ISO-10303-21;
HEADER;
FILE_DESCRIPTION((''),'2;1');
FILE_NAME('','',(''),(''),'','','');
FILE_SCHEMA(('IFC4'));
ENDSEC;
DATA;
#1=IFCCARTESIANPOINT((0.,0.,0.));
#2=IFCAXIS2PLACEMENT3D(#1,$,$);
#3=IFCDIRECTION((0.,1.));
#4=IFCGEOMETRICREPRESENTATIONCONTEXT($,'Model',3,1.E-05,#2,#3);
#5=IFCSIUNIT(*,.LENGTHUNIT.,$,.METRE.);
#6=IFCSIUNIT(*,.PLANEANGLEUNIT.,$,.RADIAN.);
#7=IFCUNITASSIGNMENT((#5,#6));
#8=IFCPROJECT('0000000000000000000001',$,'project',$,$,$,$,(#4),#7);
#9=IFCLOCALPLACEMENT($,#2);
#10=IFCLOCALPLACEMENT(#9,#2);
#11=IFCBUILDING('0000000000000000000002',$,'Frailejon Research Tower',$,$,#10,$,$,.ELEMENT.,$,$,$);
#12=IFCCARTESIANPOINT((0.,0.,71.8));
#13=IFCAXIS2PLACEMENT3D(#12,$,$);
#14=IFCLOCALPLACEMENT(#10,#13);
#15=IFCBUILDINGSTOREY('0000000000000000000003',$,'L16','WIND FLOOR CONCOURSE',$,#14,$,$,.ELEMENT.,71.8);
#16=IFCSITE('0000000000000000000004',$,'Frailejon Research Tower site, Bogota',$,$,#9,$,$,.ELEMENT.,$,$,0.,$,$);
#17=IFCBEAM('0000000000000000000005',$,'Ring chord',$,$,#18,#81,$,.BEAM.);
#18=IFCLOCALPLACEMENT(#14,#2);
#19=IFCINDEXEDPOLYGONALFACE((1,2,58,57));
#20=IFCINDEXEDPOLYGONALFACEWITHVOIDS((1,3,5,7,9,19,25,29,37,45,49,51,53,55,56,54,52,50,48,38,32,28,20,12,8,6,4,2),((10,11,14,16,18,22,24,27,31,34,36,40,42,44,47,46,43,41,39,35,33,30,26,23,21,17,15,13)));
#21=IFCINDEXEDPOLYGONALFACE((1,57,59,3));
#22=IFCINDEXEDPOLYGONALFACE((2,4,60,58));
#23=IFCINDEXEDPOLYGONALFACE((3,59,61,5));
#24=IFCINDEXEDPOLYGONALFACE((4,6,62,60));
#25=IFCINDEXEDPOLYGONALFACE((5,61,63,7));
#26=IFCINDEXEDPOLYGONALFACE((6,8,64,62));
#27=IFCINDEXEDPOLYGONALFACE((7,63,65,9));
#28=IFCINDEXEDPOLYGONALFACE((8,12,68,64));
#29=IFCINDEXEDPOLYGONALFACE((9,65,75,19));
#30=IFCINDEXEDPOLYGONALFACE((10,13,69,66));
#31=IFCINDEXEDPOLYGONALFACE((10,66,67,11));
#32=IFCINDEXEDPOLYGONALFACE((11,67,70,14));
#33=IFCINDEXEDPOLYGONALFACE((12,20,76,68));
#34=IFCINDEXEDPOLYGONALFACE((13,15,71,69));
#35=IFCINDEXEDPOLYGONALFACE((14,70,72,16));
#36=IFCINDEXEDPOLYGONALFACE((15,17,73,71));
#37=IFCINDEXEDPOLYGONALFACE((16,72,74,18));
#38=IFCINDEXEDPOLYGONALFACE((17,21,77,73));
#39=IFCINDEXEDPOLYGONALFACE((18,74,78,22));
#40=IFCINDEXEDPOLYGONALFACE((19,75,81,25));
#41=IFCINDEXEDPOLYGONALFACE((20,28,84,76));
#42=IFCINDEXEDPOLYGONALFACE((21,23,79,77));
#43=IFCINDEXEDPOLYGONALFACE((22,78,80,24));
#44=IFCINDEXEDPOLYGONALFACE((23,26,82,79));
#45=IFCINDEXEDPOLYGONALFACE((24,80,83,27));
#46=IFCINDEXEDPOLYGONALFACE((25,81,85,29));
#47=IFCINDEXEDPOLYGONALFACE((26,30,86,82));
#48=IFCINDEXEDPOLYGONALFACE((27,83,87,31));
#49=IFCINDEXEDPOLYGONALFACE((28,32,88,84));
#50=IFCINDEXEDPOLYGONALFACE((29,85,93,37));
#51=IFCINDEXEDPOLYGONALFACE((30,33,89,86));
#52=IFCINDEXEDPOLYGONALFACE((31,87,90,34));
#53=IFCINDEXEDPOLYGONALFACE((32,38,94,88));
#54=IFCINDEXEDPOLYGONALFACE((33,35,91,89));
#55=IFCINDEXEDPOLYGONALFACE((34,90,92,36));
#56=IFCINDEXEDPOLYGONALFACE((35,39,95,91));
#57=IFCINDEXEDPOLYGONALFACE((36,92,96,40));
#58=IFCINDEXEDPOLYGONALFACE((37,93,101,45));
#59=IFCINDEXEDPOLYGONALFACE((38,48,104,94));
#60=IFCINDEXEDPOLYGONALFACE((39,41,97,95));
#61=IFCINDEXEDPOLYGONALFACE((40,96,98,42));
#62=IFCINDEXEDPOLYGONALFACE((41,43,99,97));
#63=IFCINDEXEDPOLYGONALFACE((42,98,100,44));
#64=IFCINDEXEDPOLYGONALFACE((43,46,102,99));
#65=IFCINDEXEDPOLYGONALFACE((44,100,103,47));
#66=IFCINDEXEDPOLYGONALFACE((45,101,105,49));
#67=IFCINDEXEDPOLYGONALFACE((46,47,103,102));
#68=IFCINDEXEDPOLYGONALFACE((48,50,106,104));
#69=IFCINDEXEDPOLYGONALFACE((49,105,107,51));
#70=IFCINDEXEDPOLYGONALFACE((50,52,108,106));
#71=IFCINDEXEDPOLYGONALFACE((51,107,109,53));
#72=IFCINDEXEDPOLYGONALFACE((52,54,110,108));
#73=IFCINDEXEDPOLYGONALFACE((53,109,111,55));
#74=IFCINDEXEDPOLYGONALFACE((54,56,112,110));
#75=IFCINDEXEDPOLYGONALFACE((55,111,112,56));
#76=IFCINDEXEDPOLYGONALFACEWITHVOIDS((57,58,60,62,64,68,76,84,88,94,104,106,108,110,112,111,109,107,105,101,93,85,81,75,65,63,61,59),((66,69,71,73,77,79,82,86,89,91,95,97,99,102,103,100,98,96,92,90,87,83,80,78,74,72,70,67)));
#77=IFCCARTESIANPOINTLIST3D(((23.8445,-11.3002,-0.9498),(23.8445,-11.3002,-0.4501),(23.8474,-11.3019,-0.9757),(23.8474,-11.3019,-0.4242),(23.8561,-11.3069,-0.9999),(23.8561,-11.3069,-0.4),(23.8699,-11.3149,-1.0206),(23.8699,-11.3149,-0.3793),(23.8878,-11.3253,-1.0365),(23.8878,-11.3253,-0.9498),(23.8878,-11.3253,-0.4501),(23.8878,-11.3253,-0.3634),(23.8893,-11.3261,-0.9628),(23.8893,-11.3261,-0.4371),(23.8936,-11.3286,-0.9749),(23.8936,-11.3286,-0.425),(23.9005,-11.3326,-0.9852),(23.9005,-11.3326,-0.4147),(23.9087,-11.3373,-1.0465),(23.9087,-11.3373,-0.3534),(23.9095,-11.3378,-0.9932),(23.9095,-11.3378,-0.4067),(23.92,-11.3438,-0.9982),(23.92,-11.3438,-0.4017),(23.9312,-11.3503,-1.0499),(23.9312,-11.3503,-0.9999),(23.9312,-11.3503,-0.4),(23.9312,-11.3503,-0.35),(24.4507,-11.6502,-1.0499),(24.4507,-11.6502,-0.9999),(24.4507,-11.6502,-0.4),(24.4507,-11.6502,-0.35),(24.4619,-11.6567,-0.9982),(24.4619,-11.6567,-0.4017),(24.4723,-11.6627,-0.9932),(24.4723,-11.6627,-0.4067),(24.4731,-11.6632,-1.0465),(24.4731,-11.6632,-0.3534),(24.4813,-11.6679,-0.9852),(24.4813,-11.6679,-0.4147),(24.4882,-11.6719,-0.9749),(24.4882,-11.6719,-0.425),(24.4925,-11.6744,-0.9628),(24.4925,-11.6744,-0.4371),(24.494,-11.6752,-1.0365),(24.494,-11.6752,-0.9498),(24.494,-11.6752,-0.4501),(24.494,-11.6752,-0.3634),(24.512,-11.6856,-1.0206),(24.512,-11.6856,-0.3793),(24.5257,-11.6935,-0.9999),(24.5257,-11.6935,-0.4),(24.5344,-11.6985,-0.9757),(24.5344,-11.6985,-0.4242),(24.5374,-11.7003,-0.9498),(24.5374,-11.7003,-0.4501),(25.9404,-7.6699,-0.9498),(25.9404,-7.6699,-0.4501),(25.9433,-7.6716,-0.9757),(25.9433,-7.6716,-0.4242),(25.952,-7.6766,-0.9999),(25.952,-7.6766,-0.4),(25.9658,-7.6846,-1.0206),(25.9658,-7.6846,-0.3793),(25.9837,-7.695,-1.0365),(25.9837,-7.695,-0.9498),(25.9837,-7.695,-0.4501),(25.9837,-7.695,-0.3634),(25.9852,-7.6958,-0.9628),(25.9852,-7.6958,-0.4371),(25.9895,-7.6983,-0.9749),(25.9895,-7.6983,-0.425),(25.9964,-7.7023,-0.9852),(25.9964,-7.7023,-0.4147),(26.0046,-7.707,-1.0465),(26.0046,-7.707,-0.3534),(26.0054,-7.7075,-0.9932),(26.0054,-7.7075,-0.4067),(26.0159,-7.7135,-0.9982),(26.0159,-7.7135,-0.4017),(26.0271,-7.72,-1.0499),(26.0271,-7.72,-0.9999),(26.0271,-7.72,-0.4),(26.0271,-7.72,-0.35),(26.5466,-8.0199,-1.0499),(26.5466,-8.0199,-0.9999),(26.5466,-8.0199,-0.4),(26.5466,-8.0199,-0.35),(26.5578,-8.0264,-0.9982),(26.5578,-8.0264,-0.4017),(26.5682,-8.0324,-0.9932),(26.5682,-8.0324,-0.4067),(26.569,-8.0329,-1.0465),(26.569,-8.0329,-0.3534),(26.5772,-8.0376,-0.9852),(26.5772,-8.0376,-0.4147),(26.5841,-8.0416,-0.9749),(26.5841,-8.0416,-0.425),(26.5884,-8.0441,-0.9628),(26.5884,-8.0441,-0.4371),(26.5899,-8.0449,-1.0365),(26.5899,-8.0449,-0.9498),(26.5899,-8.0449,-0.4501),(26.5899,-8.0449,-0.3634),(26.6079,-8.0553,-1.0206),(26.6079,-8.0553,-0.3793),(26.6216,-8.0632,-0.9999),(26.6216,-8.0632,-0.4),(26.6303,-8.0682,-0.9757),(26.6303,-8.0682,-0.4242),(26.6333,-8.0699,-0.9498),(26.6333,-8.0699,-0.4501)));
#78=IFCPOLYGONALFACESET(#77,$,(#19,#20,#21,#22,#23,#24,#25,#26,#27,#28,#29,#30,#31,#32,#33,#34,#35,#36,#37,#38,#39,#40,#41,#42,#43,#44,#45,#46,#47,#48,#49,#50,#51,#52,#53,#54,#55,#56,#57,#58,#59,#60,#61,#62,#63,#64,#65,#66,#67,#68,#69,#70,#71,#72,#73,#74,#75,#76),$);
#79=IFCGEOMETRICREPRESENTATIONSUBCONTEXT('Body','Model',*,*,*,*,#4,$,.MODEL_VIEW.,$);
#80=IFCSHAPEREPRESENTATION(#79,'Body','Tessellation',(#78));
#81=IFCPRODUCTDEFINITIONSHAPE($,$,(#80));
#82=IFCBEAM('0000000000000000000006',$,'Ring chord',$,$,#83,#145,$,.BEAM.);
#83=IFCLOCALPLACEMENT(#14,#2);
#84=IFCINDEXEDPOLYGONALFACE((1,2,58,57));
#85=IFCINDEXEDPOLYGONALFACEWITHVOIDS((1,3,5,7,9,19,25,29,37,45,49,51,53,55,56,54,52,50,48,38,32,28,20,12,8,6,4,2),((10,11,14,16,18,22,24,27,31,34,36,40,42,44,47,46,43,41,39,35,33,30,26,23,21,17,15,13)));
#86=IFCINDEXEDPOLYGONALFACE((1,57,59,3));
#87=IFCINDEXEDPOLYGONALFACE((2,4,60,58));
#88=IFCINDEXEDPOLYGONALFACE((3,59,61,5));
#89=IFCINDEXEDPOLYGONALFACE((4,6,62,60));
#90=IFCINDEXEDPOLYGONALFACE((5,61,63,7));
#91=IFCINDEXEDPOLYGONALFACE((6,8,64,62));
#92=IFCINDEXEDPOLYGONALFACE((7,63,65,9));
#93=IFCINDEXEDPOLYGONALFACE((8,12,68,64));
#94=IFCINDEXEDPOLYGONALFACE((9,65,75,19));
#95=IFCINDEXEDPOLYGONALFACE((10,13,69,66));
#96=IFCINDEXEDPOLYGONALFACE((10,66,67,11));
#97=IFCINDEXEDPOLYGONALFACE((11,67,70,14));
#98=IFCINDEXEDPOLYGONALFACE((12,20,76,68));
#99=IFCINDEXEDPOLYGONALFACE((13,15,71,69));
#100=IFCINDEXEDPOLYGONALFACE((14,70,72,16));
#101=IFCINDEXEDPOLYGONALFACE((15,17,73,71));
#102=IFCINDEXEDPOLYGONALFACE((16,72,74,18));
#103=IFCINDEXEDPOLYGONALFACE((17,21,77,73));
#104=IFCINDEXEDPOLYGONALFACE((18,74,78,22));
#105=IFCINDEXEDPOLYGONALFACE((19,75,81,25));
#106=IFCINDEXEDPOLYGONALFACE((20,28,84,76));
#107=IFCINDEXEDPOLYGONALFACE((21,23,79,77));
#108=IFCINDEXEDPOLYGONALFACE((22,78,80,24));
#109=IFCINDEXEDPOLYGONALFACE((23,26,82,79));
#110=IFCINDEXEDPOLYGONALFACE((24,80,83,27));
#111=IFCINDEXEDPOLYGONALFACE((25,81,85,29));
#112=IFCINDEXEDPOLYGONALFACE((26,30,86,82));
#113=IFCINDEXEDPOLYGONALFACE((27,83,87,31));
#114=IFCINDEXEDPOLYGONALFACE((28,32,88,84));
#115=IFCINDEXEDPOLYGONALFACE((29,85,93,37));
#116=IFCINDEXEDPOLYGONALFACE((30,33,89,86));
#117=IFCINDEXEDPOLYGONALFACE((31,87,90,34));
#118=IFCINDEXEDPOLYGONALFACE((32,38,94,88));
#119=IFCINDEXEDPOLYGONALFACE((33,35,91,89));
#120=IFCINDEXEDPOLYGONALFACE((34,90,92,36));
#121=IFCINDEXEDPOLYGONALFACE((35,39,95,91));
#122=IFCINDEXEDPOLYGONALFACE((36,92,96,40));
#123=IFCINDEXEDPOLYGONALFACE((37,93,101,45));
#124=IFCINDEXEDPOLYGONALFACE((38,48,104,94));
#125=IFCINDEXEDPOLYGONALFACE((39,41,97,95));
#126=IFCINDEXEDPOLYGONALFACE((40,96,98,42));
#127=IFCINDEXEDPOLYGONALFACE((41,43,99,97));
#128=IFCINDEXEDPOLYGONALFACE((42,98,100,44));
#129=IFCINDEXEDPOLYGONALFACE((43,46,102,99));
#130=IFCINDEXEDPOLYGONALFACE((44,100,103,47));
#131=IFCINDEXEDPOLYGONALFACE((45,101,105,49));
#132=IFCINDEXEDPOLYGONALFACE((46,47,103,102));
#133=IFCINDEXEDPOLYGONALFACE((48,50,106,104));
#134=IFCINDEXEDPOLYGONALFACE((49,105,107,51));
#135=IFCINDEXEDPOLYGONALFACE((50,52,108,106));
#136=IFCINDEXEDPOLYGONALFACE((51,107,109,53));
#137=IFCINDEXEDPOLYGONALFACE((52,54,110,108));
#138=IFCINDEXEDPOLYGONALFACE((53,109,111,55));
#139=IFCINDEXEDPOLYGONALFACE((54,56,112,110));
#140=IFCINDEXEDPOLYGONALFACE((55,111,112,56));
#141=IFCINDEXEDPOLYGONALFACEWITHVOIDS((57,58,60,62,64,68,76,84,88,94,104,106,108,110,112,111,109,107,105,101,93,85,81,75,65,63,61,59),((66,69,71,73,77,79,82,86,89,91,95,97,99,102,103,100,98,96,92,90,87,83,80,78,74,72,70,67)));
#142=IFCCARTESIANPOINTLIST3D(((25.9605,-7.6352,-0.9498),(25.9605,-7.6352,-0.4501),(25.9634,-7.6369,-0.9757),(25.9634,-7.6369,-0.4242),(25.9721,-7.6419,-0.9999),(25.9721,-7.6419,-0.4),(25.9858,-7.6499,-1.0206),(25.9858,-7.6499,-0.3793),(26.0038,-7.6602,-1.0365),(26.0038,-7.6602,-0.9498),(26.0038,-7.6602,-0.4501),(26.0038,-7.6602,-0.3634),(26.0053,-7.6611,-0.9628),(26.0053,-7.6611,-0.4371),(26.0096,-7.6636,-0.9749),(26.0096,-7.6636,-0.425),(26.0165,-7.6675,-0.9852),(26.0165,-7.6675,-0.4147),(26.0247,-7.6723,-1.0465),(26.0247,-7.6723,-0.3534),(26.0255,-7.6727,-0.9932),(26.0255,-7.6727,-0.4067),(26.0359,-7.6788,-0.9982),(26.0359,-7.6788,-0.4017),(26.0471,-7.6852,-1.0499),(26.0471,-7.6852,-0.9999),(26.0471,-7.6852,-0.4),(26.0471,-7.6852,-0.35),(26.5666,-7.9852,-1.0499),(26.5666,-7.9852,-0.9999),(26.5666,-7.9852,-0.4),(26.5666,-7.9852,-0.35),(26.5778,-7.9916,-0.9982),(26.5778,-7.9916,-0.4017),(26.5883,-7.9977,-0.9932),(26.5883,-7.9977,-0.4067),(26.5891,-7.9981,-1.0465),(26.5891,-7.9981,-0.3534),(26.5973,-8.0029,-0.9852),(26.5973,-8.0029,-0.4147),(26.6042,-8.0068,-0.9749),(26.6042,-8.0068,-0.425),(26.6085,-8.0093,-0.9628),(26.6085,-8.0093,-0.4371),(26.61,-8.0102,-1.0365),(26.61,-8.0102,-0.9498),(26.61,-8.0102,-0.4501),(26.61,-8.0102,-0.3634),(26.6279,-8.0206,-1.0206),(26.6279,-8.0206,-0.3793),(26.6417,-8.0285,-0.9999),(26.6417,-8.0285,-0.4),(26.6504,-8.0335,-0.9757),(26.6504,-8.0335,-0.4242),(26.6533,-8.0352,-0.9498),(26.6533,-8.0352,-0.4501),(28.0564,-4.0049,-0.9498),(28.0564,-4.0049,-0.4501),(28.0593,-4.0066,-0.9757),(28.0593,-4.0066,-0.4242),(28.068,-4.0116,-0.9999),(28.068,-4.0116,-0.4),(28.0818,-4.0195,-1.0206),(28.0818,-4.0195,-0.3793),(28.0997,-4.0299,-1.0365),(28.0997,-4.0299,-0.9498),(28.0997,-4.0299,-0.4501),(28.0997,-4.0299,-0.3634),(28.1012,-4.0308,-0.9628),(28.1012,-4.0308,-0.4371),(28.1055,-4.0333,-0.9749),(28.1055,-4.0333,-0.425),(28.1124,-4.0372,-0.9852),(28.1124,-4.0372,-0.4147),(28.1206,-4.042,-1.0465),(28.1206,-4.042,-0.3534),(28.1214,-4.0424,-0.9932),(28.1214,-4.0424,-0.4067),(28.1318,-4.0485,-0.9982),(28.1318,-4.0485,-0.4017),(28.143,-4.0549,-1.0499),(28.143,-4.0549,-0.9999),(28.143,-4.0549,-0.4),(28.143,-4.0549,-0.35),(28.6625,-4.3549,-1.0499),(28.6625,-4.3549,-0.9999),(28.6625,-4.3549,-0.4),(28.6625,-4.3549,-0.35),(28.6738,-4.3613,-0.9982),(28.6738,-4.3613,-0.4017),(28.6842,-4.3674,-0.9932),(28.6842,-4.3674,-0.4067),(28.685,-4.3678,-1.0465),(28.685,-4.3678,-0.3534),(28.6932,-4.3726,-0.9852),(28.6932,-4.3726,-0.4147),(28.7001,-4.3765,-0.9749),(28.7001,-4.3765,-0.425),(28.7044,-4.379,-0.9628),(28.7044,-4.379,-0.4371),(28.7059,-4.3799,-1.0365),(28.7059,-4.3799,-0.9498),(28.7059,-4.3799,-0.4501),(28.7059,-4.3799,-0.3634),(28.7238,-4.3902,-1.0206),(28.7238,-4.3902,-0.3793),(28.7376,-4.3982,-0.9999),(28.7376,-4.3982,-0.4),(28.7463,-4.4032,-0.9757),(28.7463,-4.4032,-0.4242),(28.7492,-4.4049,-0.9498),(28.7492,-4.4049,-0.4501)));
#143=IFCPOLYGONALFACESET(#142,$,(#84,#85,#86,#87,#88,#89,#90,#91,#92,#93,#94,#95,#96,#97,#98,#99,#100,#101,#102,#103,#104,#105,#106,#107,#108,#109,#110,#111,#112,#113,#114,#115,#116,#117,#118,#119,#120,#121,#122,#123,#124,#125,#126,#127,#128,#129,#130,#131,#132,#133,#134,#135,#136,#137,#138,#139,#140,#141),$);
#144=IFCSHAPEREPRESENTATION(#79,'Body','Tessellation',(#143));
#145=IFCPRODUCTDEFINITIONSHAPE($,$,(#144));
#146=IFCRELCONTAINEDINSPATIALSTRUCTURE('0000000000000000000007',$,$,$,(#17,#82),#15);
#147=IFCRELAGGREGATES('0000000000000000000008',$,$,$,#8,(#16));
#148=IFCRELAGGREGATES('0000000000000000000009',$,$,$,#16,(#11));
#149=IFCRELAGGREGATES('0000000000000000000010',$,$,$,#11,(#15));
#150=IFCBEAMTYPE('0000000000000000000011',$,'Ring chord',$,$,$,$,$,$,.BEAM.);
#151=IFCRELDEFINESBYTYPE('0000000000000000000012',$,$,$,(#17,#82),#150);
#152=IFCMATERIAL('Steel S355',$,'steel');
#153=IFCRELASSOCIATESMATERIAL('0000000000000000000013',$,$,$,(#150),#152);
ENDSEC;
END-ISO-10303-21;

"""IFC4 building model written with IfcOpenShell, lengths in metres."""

from ifc_helpers import new_model, si_unit, direction, frame, origin, origin_2d, place, context, subcontext, project, spatial, hollow_rectangle, extrude, material, material_profile, profile_set, type_object, element, save


model = new_model("IFC4")

# Units and contexts
model_context = context("Model", 3, precision=1e-05, world=origin(), true_north=direction((0.0, 1.0)))
body_context = subcontext(model_context, "Body", "Model", "MODEL_VIEW")
ifc_project = project(units=[si_unit("LENGTHUNIT", "METRE"), si_unit("PLANEANGLEUNIT", "RADIAN")], contexts=[model_context])

# Site, building, storey
site_placement = place(None, origin())
site = spatial("IfcSite", under=ifc_project, at=site_placement, Name="Frailejon Research Tower site, Bogota", CompositionType="ELEMENT", RefElevation=0.0)
building_placement = place(site_placement, origin())
building = spatial("IfcBuilding", under=site, at=building_placement, Name="Frailejon Research Tower", CompositionType="ELEMENT")
storey_placement = place(building_placement, frame((0.0, 0.0, 71.8)))
storey = spatial("IfcBuildingStorey", under=building, at=storey_placement, Name="L16", Description="WIND FLOOR CONCOURSE", CompositionType="ELEMENT", Elevation=71.8)

# Beams
ifc_material_1 = material(Name="Steel S355", Category="steel")
ifc_material_profile_1 = material_profile(ifc_material_1, hollow_rectangle(XDim=0.8, YDim=0.7, WallThickness=0.05, InnerFilletRadius=0.05, OuterFilletRadius=0.1001, at=origin_2d()), Name="Ring chord")
ifc_profile_set_1 = profile_set([ifc_material_profile_1], Name="Steel S355")
beam_type_1 = type_object("IfcBeamType", Name="Ring chord", PredefinedType="BEAM", material=ifc_profile_set_1)
for number, where, z_axis, x_axis, name in (
    (1, (24.1909, -11.5002, -0.7), (0.499991, 0.86603, 0.0), (-0.86603, 0.499991, 0.0), "Ring chord"),
    (2, (26.3069, -7.8352, -0.7), (0.499991, 0.86603, 0.0), (-0.86603, 0.499991, 0.0), "Ring chord"),
):
    element("IfcBeam", number, at=place(storey_placement, frame(where, z_axis=z_axis, x_axis=x_axis)), inside=storey, type_object=beam_type_1, Name=name, PredefinedType="BEAM", context=body_context, shape_type="SweptSolid", body=[
        extrude(hollow_rectangle(XDim=0.8, YDim=0.7, WallThickness=0.05, InnerFilletRadius=0.05, OuterFilletRadius=0.1001, at=origin_2d()), origin(), (0.0, 0.0, 1.0), 4.1919),
    ])

save(model, "model.ifc")
